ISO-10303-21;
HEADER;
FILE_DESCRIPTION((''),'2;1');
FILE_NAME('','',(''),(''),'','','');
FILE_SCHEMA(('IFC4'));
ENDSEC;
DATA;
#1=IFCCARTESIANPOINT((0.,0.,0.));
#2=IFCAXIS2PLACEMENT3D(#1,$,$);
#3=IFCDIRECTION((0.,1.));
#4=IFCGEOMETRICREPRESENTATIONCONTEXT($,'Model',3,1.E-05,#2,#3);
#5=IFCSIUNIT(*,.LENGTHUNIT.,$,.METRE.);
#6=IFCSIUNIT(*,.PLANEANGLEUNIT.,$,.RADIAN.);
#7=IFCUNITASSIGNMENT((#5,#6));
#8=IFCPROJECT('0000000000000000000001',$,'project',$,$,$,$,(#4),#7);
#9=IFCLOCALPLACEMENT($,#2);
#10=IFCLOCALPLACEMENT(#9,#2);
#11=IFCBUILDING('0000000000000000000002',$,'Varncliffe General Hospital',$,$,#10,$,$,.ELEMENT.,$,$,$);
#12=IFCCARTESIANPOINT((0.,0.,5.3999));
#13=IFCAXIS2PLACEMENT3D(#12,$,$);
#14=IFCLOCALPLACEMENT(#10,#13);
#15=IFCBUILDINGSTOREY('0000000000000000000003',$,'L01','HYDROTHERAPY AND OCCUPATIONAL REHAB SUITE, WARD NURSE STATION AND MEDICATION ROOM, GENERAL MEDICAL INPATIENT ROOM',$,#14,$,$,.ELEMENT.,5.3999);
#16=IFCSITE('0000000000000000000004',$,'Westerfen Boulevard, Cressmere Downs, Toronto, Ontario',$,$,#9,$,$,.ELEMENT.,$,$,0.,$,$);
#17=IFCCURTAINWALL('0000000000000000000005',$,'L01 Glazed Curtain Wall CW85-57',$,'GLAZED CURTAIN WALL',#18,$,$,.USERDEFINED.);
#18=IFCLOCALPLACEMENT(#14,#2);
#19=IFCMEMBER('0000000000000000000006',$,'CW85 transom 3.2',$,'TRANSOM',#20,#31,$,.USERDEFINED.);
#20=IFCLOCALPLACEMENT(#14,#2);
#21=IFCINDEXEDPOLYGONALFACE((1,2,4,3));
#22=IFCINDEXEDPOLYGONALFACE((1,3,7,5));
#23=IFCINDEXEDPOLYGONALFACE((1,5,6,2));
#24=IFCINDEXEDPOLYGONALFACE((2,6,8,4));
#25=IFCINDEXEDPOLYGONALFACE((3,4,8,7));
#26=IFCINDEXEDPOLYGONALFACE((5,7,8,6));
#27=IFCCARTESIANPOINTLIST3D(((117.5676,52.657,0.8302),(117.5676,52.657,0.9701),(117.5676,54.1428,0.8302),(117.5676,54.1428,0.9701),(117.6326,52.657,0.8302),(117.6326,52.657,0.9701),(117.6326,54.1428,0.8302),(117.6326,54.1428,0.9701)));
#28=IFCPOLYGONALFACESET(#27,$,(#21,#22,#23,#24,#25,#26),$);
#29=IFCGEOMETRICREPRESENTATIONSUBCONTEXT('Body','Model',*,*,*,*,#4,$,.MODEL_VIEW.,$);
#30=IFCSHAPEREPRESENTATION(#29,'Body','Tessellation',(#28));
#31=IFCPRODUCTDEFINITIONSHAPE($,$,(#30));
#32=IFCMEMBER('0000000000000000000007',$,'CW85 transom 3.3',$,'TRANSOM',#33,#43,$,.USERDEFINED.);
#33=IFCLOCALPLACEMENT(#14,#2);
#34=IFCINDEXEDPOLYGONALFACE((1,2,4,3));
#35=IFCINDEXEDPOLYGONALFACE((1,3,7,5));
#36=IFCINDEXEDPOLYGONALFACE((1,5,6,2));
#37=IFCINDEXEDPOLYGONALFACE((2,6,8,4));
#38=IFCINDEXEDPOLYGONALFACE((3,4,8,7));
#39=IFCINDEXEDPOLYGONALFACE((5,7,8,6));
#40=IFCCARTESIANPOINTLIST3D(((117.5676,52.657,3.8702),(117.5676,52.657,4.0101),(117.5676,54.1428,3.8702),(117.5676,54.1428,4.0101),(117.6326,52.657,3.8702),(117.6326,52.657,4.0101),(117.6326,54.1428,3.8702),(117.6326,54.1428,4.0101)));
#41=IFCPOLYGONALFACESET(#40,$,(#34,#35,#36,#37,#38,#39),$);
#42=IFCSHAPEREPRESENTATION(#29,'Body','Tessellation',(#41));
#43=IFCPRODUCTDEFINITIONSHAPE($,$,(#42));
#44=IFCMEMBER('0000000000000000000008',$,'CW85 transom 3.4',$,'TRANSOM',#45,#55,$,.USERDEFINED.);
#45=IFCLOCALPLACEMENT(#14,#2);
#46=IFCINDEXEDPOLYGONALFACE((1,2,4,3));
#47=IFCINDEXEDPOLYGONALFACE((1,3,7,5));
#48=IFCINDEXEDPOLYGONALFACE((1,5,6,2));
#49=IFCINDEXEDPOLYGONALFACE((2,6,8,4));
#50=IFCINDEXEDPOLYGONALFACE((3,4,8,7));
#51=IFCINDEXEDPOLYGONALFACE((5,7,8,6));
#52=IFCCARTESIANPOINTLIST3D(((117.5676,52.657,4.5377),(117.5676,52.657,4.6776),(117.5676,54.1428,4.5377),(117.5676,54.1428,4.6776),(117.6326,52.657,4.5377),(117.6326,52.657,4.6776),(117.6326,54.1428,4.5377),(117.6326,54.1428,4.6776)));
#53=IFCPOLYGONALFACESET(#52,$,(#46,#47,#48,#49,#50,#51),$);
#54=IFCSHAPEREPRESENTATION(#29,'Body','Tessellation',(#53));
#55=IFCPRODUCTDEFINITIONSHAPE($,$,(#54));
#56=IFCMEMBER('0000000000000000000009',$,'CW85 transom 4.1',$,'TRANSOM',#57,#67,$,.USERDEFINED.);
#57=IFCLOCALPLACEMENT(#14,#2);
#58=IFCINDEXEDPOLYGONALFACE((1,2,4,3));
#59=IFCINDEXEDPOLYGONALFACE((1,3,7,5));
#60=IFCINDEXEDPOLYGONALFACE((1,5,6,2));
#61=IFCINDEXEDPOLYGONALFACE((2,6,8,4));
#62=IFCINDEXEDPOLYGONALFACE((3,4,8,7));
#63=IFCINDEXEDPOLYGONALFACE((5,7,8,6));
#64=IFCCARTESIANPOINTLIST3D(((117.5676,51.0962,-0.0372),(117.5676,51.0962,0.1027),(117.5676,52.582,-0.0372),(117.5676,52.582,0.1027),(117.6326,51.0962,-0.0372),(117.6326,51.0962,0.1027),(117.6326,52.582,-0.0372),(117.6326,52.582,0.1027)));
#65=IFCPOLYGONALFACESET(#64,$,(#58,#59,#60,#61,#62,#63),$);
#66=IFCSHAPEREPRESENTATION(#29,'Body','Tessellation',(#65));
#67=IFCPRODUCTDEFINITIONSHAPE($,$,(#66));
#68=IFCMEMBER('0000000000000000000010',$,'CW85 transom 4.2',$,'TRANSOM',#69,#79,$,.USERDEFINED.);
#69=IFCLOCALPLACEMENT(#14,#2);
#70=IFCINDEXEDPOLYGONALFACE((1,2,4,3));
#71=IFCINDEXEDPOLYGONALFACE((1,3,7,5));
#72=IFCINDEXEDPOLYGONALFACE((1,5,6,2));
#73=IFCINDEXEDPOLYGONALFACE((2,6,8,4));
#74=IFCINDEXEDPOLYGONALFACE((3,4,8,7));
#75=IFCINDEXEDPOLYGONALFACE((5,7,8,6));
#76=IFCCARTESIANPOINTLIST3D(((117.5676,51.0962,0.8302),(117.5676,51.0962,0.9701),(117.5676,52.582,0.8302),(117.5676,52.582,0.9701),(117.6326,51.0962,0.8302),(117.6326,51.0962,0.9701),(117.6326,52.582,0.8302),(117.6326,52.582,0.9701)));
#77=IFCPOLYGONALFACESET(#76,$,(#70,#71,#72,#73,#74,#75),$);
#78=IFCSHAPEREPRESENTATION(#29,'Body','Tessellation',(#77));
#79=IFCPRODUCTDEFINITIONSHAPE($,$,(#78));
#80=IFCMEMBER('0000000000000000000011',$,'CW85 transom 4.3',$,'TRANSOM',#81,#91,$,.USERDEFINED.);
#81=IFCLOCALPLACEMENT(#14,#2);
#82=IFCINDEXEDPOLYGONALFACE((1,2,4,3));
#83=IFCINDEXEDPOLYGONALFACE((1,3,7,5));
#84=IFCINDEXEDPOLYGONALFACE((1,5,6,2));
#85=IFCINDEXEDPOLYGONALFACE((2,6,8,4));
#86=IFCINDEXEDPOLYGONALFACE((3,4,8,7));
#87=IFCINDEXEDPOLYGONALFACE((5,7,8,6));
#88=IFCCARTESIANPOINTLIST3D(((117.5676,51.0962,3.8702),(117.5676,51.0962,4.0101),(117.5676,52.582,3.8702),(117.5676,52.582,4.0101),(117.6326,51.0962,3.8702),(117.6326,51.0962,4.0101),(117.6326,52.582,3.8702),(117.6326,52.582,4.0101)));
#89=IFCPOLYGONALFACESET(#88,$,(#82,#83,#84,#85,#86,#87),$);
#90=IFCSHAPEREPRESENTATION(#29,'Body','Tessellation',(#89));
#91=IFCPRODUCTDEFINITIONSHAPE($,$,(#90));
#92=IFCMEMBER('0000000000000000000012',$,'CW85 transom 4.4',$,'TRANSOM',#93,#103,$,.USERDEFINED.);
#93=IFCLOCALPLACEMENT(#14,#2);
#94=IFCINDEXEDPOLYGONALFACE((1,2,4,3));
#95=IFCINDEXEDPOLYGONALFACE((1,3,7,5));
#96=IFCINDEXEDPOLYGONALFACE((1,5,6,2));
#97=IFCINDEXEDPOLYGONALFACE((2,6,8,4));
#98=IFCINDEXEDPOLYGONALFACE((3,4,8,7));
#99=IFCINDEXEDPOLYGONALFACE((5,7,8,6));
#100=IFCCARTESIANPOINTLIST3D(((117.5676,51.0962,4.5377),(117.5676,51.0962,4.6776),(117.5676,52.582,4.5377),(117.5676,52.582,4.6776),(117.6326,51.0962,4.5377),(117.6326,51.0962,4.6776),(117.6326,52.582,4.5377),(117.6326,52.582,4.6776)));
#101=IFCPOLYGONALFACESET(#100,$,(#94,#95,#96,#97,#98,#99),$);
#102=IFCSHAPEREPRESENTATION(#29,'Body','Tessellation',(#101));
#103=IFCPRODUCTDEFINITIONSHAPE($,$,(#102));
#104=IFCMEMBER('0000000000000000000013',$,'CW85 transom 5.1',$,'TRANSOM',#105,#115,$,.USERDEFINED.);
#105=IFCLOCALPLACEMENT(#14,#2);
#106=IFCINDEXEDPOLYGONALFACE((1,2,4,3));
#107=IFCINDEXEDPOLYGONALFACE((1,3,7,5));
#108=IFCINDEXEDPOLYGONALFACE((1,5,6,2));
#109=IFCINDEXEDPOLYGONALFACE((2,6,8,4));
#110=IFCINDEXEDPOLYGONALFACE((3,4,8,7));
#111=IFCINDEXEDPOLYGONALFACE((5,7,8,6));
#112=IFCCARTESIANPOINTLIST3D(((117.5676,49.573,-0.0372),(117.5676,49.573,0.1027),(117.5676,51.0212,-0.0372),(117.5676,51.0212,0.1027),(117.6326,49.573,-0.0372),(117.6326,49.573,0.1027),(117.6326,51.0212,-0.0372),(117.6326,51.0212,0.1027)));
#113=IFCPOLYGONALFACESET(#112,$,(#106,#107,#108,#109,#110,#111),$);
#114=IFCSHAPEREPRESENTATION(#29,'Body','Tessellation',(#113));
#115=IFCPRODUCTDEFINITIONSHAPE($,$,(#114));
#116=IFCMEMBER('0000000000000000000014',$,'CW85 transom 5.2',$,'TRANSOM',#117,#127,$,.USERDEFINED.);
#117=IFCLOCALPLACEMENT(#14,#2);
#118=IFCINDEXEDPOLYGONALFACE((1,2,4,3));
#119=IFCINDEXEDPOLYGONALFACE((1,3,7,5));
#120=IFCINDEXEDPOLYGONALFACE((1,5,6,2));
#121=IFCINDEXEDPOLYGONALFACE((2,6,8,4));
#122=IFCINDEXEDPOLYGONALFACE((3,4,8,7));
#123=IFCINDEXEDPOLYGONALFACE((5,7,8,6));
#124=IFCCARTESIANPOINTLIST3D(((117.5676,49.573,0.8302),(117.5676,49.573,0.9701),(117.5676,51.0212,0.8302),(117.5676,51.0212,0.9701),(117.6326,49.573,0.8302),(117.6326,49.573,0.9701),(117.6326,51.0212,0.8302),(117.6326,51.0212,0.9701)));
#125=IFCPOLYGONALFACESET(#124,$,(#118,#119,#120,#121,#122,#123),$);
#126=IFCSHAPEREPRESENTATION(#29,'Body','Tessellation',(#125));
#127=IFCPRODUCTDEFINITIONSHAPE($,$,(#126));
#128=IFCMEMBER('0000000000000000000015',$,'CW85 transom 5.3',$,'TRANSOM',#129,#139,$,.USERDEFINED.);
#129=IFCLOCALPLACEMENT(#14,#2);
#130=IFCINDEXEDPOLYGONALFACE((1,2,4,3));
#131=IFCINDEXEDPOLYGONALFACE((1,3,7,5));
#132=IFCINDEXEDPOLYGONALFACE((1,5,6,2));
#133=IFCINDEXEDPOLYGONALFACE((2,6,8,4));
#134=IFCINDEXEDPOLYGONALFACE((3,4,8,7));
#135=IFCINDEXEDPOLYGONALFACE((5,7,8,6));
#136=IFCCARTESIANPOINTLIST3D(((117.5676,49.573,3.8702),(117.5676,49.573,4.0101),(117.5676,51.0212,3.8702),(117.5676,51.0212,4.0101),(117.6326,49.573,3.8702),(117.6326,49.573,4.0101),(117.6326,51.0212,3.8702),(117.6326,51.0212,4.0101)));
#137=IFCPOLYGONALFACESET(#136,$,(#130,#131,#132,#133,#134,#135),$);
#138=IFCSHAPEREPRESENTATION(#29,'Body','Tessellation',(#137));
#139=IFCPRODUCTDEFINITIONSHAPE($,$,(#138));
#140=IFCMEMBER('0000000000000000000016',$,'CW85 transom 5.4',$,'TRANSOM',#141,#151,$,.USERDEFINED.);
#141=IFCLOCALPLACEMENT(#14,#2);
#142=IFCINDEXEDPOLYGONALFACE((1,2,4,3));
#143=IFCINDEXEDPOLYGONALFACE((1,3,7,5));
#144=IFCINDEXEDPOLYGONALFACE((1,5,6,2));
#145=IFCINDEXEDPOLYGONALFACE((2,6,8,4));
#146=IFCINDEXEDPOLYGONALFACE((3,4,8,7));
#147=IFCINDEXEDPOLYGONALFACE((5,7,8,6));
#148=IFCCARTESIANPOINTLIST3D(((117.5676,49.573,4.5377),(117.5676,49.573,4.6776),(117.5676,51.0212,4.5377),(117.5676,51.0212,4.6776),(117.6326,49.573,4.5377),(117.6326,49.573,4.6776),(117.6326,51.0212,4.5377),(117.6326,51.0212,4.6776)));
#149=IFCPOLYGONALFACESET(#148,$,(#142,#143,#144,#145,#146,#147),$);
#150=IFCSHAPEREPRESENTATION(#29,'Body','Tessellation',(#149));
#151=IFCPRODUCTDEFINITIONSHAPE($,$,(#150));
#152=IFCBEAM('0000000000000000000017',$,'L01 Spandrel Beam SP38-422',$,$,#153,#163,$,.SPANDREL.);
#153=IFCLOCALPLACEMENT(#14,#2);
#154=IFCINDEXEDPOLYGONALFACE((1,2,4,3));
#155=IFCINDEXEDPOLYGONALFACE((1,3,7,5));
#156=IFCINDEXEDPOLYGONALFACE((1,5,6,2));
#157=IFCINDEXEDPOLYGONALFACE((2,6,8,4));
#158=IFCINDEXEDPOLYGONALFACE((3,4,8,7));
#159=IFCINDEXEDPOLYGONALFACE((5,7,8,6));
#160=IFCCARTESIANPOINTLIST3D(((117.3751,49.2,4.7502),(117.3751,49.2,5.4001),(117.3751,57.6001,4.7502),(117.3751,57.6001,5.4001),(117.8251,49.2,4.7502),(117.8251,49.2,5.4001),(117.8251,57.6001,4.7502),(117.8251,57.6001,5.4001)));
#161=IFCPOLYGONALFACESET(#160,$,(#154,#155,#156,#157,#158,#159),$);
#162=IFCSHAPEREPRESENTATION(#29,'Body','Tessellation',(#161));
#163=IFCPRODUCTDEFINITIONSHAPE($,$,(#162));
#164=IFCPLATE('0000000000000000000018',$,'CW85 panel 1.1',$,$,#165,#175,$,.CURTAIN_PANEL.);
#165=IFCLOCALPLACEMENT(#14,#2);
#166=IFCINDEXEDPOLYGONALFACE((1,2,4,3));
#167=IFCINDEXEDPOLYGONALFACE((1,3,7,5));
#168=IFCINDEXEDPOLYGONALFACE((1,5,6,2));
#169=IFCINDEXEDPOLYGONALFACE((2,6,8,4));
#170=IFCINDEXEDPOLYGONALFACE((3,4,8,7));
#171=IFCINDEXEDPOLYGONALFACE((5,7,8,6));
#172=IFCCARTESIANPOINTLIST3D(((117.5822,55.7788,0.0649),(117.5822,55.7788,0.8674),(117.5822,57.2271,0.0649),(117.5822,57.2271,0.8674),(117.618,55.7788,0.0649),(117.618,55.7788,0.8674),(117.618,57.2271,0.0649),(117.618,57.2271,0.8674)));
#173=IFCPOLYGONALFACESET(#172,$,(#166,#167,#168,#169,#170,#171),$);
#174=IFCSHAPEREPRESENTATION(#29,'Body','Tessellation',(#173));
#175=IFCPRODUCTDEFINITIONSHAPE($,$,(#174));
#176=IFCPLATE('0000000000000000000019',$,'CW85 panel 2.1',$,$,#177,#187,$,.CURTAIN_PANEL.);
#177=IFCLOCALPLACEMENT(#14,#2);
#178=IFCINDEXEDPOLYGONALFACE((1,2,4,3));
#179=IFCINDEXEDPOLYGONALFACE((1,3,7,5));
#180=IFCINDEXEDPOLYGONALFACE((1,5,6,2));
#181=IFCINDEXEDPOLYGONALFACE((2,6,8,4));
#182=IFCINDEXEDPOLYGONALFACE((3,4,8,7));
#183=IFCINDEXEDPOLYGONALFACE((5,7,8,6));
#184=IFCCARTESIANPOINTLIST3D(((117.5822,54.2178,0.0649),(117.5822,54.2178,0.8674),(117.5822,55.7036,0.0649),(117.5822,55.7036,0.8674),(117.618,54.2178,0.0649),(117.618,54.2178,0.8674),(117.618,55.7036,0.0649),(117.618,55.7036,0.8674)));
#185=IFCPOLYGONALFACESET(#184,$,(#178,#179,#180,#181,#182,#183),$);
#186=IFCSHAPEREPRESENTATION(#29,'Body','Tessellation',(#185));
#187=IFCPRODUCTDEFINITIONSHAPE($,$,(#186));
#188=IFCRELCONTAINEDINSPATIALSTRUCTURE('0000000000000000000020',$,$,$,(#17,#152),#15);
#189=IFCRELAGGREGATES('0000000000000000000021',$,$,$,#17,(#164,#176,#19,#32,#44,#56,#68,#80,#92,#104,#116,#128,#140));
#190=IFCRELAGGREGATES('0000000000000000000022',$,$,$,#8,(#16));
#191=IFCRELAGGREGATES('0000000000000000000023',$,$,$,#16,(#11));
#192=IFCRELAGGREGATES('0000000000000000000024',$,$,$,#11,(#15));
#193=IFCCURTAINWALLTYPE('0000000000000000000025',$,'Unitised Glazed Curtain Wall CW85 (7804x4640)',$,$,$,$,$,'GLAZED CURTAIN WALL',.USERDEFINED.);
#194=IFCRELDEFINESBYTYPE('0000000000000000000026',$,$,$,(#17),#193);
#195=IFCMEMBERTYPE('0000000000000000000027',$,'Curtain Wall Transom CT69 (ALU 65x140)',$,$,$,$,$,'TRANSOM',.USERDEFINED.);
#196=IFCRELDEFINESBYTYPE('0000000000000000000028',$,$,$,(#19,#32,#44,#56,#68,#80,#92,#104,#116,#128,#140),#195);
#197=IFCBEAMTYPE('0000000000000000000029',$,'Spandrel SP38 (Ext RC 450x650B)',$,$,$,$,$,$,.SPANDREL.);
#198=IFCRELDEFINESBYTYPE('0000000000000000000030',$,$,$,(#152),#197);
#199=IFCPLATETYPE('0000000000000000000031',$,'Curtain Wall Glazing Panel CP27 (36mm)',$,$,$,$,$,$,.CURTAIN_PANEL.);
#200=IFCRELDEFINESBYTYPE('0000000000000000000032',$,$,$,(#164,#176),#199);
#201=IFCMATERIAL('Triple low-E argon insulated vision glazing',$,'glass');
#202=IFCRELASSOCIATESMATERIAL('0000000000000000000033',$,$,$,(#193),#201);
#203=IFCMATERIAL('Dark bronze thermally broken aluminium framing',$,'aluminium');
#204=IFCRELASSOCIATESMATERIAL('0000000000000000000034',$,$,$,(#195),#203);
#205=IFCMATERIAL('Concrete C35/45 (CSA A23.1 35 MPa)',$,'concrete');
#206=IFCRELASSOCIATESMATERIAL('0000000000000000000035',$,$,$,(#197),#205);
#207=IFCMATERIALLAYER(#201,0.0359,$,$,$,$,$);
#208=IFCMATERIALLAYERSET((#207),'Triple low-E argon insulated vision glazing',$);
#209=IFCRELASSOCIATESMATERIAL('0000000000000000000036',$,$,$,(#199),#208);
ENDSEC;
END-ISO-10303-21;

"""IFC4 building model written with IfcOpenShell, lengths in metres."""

from ifc_helpers import new_model, si_unit, direction, frame, origin, origin_2d, place, context, subcontext, project, spatial, rectangle, extrude, material, layer, layer_set, material_profile, profile_set, type_object, element, aggregate, save


model = new_model("IFC4")

# Units and contexts
model_context = context("Model", 3, precision=1e-05, world=origin(), true_north=direction((0.0, 1.0)))
body_context = subcontext(model_context, "Body", "Model", "MODEL_VIEW")
ifc_project = project(units=[si_unit("LENGTHUNIT", "METRE"), si_unit("PLANEANGLEUNIT", "RADIAN")], contexts=[model_context])

# Site, building, storey
site_placement = place(None, origin())
site = spatial("IfcSite", under=ifc_project, at=site_placement, Name="Westerfen Boulevard, Cressmere Downs, Toronto, Ontario", CompositionType="ELEMENT", RefElevation=0.0)
building_placement = place(site_placement, origin())
building = spatial("IfcBuilding", under=site, at=building_placement, Name="Varncliffe General Hospital", CompositionType="ELEMENT")
storey_placement = place(building_placement, frame((0.0, 0.0, 5.3999)))
storey = spatial("IfcBuildingStorey", under=building, at=storey_placement, Name="L01", Description="HYDROTHERAPY AND OCCUPATIONAL REHAB SUITE, WARD NURSE STATION AND MEDICATION ROOM, GENERAL MEDICAL INPATIENT ROOM", CompositionType="ELEMENT", Elevation=5.3999)

# Shared definitions
ifc_material_1 = material(Name="Triple low-E argon insulated vision glazing", Category="glass")
ifc_material_2 = material(Name="Dark bronze thermally broken aluminium framing", Category="aluminium")

# Curtain wall
curtain_wall_type_1 = type_object("IfcCurtainWallType", Name="Unitised Glazed Curtain Wall CW85 (7804x4640)", ElementType="GLAZED CURTAIN WALL", PredefinedType="USERDEFINED", material=ifc_material_1)
curtain_wall_1_placement = place(storey_placement, origin())
curtain_wall_1 = element("IfcCurtainWall", 1, at=curtain_wall_1_placement, inside=storey, type_object=curtain_wall_type_1, Name="L01 Glazed Curtain Wall CW85-57", ObjectType="GLAZED CURTAIN WALL", PredefinedType="USERDEFINED")

# Members
ifc_material_profile_1 = material_profile(ifc_material_2, rectangle(XDim=0.0649, YDim=0.1399, at=origin_2d()), Name="ALU 65x140")
ifc_profile_set_1 = profile_set([ifc_material_profile_1], Name="Dark bronze thermally broken aluminium framing")
member_type_1 = type_object("IfcMemberType", Name="Curtain Wall Transom CT69 (ALU 65x140)", ElementType="TRANSOM", PredefinedType="USERDEFINED", material=ifc_profile_set_1)
member_1_placement = place(storey_placement, frame((117.6001, 54.1428, 0.9001), z_axis=(0.0, -1.0, 0.0), x_axis=(1.0, 0.0, 0.0)))
member_1 = element("IfcMember", 2, at=member_1_placement, type_object=member_type_1, Name="CW85 transom 3.2", ObjectType="TRANSOM", PredefinedType="USERDEFINED", context=body_context, shape_type="SweptSolid", body=[
    extrude(rectangle(XDim=0.0649, YDim=0.1399, at=origin_2d()), origin(), (0.0, 0.0, 1.0), 1.4858),
])
member_2_placement = place(storey_placement, frame((117.6001, 54.1428, 3.9402), z_axis=(0.0, -1.0, 0.0), x_axis=(1.0, 0.0, 0.0)))
member_2 = element("IfcMember", 3, at=member_2_placement, type_object=member_type_1, Name="CW85 transom 3.3", ObjectType="TRANSOM", PredefinedType="USERDEFINED", context=body_context, shape_type="SweptSolid", body=[
    extrude(rectangle(XDim=0.0649, YDim=0.1399, at=origin_2d()), origin(), (0.0, 0.0, 1.0), 1.4858),
])
member_3_placement = place(storey_placement, frame((117.6001, 54.1428, 4.6077), z_axis=(0.0, -1.0, 0.0), x_axis=(1.0, 0.0, 0.0)))
member_3 = element("IfcMember", 4, at=member_3_placement, type_object=member_type_1, Name="CW85 transom 3.4", ObjectType="TRANSOM", PredefinedType="USERDEFINED", context=body_context, shape_type="SweptSolid", body=[
    extrude(rectangle(XDim=0.0649, YDim=0.1399, at=origin_2d()), origin(), (0.0, 0.0, 1.0), 1.4858),
])
member_4_placement = place(storey_placement, frame((117.6001, 52.582, 0.0327), z_axis=(0.0, -1.0, 0.0), x_axis=(1.0, 0.0, 0.0)))
member_4 = element("IfcMember", 5, at=member_4_placement, type_object=member_type_1, Name="CW85 transom 4.1", ObjectType="TRANSOM", PredefinedType="USERDEFINED", context=body_context, shape_type="SweptSolid", body=[
    extrude(rectangle(XDim=0.0649, YDim=0.1399, at=origin_2d()), origin(), (0.0, 0.0, 1.0), 1.4858),
])
member_5_placement = place(storey_placement, frame((117.6001, 52.582, 0.9001), z_axis=(0.0, -1.0, 0.0), x_axis=(1.0, 0.0, 0.0)))
member_5 = element("IfcMember", 6, at=member_5_placement, type_object=member_type_1, Name="CW85 transom 4.2", ObjectType="TRANSOM", PredefinedType="USERDEFINED", context=body_context, shape_type="SweptSolid", body=[
    extrude(rectangle(XDim=0.0649, YDim=0.1399, at=origin_2d()), origin(), (0.0, 0.0, 1.0), 1.4858),
])
member_6_placement = place(storey_placement, frame((117.6001, 52.582, 3.9402), z_axis=(0.0, -1.0, 0.0), x_axis=(1.0, 0.0, 0.0)))
member_6 = element("IfcMember", 7, at=member_6_placement, type_object=member_type_1, Name="CW85 transom 4.3", ObjectType="TRANSOM", PredefinedType="USERDEFINED", context=body_context, shape_type="SweptSolid", body=[
    extrude(rectangle(XDim=0.0649, YDim=0.1399, at=origin_2d()), origin(), (0.0, 0.0, 1.0), 1.4858),
])
member_7_placement = place(storey_placement, frame((117.6001, 52.582, 4.6077), z_axis=(0.0, -1.0, 0.0), x_axis=(1.0, 0.0, 0.0)))
member_7 = element("IfcMember", 8, at=member_7_placement, type_object=member_type_1, Name="CW85 transom 4.4", ObjectType="TRANSOM", PredefinedType="USERDEFINED", context=body_context, shape_type="SweptSolid", body=[
    extrude(rectangle(XDim=0.0649, YDim=0.1399, at=origin_2d()), origin(), (0.0, 0.0, 1.0), 1.4858),
])
member_8_placement = place(storey_placement, frame((117.6001, 51.0212, 0.0327), z_axis=(0.0, -1.0, 0.0), x_axis=(1.0, 0.0, 0.0)))
member_8 = element("IfcMember", 9, at=member_8_placement, type_object=member_type_1, Name="CW85 transom 5.1", ObjectType="TRANSOM", PredefinedType="USERDEFINED", context=body_context, shape_type="SweptSolid", body=[
    extrude(rectangle(XDim=0.0649, YDim=0.1399, at=origin_2d()), origin(), (0.0, 0.0, 1.0), 1.4482),
])
member_9_placement = place(storey_placement, frame((117.6001, 51.0212, 0.9001), z_axis=(0.0, -1.0, 0.0), x_axis=(1.0, 0.0, 0.0)))
member_9 = element("IfcMember", 10, at=member_9_placement, type_object=member_type_1, Name="CW85 transom 5.2", ObjectType="TRANSOM", PredefinedType="USERDEFINED", context=body_context, shape_type="SweptSolid", body=[
    extrude(rectangle(XDim=0.0649, YDim=0.1399, at=origin_2d()), origin(), (0.0, 0.0, 1.0), 1.4482),
])
member_10_placement = place(storey_placement, frame((117.6001, 51.0212, 3.9402), z_axis=(0.0, -1.0, 0.0), x_axis=(1.0, 0.0, 0.0)))
member_10 = element("IfcMember", 11, at=member_10_placement, type_object=member_type_1, Name="CW85 transom 5.3", ObjectType="TRANSOM", PredefinedType="USERDEFINED", context=body_context, shape_type="SweptSolid", body=[
    extrude(rectangle(XDim=0.0649, YDim=0.1399, at=origin_2d()), origin(), (0.0, 0.0, 1.0), 1.4482),
])
member_11_placement = place(storey_placement, frame((117.6001, 51.0212, 4.6077), z_axis=(0.0, -1.0, 0.0), x_axis=(1.0, 0.0, 0.0)))
member_11 = element("IfcMember", 12, at=member_11_placement, type_object=member_type_1, Name="CW85 transom 5.4", ObjectType="TRANSOM", PredefinedType="USERDEFINED", context=body_context, shape_type="SweptSolid", body=[
    extrude(rectangle(XDim=0.0649, YDim=0.1399, at=origin_2d()), origin(), (0.0, 0.0, 1.0), 1.4482),
])

# Beam
ifc_material_3 = material(Name="Concrete C35/45 (CSA A23.1 35 MPa)", Category="concrete")
ifc_material_profile_2 = material_profile(ifc_material_3, rectangle(XDim=0.45, YDim=0.6499, at=origin_2d()), Name="RC 450x650")
ifc_profile_set_2 = profile_set([ifc_material_profile_2], Name="Concrete C35/45 (CSA A23.1 35 MPa)")
beam_type = type_object("IfcBeamType", Name="Spandrel SP38 (Ext RC 450x650B)", PredefinedType="SPANDREL", material=ifc_profile_set_2)
beam_placement = place(storey_placement, frame((117.6001, 49.2, 5.0752), z_axis=(0.0, 1.0, 0.0), x_axis=(-1.0, 0.0, 0.0)))
element("IfcBeam", 13, at=beam_placement, inside=storey, type_object=beam_type, Name="L01 Spandrel Beam SP38-422", PredefinedType="SPANDREL", context=body_context, shape_type="SweptSolid", body=[
    extrude(rectangle(XDim=0.45, YDim=0.6499, at=origin_2d()), origin(), (0.0, 0.0, 1.0), 8.4001),
])

# Plates
ifc_layer = layer(ifc_material_1, 0.0359)
ifc_layer_set = layer_set([ifc_layer], Name="Triple low-E argon insulated vision glazing")
plate_type = type_object("IfcPlateType", Name="Curtain Wall Glazing Panel CP27 (36mm)", PredefinedType="CURTAIN_PANEL", material=ifc_layer_set)
plate_1_placement = place(storey_placement, frame((117.6001, 56.5029, 0.0649), z_axis=(0.0, 0.0, 1.0), x_axis=(0.0, -1.0, 0.0)))
plate_1 = element("IfcPlate", 14, at=plate_1_placement, type_object=plate_type, Name="CW85 panel 1.1", PredefinedType="CURTAIN_PANEL", context=body_context, shape_type="SweptSolid", body=[
    extrude(rectangle(XDim=1.4482, YDim=0.0359, at=origin_2d()), origin(), (0.0, 0.0, 1.0), 0.8025),
])
plate_2_placement = place(storey_placement, frame((117.6001, 54.9607, 0.0649), z_axis=(0.0, 0.0, 1.0), x_axis=(0.0, -1.0, 0.0)))
plate_2 = element("IfcPlate", 15, at=plate_2_placement, type_object=plate_type, Name="CW85 panel 2.1", PredefinedType="CURTAIN_PANEL", context=body_context, shape_type="SweptSolid", body=[
    extrude(rectangle(XDim=1.4858, YDim=0.0359, at=origin_2d()), origin(), (0.0, 0.0, 1.0), 0.8025),
])
aggregate(curtain_wall_1, [plate_1, plate_2, member_1, member_2, member_3, member_4, member_5, member_6, member_7, member_8, member_9, member_10, member_11])

save(model, "model.ifc")
